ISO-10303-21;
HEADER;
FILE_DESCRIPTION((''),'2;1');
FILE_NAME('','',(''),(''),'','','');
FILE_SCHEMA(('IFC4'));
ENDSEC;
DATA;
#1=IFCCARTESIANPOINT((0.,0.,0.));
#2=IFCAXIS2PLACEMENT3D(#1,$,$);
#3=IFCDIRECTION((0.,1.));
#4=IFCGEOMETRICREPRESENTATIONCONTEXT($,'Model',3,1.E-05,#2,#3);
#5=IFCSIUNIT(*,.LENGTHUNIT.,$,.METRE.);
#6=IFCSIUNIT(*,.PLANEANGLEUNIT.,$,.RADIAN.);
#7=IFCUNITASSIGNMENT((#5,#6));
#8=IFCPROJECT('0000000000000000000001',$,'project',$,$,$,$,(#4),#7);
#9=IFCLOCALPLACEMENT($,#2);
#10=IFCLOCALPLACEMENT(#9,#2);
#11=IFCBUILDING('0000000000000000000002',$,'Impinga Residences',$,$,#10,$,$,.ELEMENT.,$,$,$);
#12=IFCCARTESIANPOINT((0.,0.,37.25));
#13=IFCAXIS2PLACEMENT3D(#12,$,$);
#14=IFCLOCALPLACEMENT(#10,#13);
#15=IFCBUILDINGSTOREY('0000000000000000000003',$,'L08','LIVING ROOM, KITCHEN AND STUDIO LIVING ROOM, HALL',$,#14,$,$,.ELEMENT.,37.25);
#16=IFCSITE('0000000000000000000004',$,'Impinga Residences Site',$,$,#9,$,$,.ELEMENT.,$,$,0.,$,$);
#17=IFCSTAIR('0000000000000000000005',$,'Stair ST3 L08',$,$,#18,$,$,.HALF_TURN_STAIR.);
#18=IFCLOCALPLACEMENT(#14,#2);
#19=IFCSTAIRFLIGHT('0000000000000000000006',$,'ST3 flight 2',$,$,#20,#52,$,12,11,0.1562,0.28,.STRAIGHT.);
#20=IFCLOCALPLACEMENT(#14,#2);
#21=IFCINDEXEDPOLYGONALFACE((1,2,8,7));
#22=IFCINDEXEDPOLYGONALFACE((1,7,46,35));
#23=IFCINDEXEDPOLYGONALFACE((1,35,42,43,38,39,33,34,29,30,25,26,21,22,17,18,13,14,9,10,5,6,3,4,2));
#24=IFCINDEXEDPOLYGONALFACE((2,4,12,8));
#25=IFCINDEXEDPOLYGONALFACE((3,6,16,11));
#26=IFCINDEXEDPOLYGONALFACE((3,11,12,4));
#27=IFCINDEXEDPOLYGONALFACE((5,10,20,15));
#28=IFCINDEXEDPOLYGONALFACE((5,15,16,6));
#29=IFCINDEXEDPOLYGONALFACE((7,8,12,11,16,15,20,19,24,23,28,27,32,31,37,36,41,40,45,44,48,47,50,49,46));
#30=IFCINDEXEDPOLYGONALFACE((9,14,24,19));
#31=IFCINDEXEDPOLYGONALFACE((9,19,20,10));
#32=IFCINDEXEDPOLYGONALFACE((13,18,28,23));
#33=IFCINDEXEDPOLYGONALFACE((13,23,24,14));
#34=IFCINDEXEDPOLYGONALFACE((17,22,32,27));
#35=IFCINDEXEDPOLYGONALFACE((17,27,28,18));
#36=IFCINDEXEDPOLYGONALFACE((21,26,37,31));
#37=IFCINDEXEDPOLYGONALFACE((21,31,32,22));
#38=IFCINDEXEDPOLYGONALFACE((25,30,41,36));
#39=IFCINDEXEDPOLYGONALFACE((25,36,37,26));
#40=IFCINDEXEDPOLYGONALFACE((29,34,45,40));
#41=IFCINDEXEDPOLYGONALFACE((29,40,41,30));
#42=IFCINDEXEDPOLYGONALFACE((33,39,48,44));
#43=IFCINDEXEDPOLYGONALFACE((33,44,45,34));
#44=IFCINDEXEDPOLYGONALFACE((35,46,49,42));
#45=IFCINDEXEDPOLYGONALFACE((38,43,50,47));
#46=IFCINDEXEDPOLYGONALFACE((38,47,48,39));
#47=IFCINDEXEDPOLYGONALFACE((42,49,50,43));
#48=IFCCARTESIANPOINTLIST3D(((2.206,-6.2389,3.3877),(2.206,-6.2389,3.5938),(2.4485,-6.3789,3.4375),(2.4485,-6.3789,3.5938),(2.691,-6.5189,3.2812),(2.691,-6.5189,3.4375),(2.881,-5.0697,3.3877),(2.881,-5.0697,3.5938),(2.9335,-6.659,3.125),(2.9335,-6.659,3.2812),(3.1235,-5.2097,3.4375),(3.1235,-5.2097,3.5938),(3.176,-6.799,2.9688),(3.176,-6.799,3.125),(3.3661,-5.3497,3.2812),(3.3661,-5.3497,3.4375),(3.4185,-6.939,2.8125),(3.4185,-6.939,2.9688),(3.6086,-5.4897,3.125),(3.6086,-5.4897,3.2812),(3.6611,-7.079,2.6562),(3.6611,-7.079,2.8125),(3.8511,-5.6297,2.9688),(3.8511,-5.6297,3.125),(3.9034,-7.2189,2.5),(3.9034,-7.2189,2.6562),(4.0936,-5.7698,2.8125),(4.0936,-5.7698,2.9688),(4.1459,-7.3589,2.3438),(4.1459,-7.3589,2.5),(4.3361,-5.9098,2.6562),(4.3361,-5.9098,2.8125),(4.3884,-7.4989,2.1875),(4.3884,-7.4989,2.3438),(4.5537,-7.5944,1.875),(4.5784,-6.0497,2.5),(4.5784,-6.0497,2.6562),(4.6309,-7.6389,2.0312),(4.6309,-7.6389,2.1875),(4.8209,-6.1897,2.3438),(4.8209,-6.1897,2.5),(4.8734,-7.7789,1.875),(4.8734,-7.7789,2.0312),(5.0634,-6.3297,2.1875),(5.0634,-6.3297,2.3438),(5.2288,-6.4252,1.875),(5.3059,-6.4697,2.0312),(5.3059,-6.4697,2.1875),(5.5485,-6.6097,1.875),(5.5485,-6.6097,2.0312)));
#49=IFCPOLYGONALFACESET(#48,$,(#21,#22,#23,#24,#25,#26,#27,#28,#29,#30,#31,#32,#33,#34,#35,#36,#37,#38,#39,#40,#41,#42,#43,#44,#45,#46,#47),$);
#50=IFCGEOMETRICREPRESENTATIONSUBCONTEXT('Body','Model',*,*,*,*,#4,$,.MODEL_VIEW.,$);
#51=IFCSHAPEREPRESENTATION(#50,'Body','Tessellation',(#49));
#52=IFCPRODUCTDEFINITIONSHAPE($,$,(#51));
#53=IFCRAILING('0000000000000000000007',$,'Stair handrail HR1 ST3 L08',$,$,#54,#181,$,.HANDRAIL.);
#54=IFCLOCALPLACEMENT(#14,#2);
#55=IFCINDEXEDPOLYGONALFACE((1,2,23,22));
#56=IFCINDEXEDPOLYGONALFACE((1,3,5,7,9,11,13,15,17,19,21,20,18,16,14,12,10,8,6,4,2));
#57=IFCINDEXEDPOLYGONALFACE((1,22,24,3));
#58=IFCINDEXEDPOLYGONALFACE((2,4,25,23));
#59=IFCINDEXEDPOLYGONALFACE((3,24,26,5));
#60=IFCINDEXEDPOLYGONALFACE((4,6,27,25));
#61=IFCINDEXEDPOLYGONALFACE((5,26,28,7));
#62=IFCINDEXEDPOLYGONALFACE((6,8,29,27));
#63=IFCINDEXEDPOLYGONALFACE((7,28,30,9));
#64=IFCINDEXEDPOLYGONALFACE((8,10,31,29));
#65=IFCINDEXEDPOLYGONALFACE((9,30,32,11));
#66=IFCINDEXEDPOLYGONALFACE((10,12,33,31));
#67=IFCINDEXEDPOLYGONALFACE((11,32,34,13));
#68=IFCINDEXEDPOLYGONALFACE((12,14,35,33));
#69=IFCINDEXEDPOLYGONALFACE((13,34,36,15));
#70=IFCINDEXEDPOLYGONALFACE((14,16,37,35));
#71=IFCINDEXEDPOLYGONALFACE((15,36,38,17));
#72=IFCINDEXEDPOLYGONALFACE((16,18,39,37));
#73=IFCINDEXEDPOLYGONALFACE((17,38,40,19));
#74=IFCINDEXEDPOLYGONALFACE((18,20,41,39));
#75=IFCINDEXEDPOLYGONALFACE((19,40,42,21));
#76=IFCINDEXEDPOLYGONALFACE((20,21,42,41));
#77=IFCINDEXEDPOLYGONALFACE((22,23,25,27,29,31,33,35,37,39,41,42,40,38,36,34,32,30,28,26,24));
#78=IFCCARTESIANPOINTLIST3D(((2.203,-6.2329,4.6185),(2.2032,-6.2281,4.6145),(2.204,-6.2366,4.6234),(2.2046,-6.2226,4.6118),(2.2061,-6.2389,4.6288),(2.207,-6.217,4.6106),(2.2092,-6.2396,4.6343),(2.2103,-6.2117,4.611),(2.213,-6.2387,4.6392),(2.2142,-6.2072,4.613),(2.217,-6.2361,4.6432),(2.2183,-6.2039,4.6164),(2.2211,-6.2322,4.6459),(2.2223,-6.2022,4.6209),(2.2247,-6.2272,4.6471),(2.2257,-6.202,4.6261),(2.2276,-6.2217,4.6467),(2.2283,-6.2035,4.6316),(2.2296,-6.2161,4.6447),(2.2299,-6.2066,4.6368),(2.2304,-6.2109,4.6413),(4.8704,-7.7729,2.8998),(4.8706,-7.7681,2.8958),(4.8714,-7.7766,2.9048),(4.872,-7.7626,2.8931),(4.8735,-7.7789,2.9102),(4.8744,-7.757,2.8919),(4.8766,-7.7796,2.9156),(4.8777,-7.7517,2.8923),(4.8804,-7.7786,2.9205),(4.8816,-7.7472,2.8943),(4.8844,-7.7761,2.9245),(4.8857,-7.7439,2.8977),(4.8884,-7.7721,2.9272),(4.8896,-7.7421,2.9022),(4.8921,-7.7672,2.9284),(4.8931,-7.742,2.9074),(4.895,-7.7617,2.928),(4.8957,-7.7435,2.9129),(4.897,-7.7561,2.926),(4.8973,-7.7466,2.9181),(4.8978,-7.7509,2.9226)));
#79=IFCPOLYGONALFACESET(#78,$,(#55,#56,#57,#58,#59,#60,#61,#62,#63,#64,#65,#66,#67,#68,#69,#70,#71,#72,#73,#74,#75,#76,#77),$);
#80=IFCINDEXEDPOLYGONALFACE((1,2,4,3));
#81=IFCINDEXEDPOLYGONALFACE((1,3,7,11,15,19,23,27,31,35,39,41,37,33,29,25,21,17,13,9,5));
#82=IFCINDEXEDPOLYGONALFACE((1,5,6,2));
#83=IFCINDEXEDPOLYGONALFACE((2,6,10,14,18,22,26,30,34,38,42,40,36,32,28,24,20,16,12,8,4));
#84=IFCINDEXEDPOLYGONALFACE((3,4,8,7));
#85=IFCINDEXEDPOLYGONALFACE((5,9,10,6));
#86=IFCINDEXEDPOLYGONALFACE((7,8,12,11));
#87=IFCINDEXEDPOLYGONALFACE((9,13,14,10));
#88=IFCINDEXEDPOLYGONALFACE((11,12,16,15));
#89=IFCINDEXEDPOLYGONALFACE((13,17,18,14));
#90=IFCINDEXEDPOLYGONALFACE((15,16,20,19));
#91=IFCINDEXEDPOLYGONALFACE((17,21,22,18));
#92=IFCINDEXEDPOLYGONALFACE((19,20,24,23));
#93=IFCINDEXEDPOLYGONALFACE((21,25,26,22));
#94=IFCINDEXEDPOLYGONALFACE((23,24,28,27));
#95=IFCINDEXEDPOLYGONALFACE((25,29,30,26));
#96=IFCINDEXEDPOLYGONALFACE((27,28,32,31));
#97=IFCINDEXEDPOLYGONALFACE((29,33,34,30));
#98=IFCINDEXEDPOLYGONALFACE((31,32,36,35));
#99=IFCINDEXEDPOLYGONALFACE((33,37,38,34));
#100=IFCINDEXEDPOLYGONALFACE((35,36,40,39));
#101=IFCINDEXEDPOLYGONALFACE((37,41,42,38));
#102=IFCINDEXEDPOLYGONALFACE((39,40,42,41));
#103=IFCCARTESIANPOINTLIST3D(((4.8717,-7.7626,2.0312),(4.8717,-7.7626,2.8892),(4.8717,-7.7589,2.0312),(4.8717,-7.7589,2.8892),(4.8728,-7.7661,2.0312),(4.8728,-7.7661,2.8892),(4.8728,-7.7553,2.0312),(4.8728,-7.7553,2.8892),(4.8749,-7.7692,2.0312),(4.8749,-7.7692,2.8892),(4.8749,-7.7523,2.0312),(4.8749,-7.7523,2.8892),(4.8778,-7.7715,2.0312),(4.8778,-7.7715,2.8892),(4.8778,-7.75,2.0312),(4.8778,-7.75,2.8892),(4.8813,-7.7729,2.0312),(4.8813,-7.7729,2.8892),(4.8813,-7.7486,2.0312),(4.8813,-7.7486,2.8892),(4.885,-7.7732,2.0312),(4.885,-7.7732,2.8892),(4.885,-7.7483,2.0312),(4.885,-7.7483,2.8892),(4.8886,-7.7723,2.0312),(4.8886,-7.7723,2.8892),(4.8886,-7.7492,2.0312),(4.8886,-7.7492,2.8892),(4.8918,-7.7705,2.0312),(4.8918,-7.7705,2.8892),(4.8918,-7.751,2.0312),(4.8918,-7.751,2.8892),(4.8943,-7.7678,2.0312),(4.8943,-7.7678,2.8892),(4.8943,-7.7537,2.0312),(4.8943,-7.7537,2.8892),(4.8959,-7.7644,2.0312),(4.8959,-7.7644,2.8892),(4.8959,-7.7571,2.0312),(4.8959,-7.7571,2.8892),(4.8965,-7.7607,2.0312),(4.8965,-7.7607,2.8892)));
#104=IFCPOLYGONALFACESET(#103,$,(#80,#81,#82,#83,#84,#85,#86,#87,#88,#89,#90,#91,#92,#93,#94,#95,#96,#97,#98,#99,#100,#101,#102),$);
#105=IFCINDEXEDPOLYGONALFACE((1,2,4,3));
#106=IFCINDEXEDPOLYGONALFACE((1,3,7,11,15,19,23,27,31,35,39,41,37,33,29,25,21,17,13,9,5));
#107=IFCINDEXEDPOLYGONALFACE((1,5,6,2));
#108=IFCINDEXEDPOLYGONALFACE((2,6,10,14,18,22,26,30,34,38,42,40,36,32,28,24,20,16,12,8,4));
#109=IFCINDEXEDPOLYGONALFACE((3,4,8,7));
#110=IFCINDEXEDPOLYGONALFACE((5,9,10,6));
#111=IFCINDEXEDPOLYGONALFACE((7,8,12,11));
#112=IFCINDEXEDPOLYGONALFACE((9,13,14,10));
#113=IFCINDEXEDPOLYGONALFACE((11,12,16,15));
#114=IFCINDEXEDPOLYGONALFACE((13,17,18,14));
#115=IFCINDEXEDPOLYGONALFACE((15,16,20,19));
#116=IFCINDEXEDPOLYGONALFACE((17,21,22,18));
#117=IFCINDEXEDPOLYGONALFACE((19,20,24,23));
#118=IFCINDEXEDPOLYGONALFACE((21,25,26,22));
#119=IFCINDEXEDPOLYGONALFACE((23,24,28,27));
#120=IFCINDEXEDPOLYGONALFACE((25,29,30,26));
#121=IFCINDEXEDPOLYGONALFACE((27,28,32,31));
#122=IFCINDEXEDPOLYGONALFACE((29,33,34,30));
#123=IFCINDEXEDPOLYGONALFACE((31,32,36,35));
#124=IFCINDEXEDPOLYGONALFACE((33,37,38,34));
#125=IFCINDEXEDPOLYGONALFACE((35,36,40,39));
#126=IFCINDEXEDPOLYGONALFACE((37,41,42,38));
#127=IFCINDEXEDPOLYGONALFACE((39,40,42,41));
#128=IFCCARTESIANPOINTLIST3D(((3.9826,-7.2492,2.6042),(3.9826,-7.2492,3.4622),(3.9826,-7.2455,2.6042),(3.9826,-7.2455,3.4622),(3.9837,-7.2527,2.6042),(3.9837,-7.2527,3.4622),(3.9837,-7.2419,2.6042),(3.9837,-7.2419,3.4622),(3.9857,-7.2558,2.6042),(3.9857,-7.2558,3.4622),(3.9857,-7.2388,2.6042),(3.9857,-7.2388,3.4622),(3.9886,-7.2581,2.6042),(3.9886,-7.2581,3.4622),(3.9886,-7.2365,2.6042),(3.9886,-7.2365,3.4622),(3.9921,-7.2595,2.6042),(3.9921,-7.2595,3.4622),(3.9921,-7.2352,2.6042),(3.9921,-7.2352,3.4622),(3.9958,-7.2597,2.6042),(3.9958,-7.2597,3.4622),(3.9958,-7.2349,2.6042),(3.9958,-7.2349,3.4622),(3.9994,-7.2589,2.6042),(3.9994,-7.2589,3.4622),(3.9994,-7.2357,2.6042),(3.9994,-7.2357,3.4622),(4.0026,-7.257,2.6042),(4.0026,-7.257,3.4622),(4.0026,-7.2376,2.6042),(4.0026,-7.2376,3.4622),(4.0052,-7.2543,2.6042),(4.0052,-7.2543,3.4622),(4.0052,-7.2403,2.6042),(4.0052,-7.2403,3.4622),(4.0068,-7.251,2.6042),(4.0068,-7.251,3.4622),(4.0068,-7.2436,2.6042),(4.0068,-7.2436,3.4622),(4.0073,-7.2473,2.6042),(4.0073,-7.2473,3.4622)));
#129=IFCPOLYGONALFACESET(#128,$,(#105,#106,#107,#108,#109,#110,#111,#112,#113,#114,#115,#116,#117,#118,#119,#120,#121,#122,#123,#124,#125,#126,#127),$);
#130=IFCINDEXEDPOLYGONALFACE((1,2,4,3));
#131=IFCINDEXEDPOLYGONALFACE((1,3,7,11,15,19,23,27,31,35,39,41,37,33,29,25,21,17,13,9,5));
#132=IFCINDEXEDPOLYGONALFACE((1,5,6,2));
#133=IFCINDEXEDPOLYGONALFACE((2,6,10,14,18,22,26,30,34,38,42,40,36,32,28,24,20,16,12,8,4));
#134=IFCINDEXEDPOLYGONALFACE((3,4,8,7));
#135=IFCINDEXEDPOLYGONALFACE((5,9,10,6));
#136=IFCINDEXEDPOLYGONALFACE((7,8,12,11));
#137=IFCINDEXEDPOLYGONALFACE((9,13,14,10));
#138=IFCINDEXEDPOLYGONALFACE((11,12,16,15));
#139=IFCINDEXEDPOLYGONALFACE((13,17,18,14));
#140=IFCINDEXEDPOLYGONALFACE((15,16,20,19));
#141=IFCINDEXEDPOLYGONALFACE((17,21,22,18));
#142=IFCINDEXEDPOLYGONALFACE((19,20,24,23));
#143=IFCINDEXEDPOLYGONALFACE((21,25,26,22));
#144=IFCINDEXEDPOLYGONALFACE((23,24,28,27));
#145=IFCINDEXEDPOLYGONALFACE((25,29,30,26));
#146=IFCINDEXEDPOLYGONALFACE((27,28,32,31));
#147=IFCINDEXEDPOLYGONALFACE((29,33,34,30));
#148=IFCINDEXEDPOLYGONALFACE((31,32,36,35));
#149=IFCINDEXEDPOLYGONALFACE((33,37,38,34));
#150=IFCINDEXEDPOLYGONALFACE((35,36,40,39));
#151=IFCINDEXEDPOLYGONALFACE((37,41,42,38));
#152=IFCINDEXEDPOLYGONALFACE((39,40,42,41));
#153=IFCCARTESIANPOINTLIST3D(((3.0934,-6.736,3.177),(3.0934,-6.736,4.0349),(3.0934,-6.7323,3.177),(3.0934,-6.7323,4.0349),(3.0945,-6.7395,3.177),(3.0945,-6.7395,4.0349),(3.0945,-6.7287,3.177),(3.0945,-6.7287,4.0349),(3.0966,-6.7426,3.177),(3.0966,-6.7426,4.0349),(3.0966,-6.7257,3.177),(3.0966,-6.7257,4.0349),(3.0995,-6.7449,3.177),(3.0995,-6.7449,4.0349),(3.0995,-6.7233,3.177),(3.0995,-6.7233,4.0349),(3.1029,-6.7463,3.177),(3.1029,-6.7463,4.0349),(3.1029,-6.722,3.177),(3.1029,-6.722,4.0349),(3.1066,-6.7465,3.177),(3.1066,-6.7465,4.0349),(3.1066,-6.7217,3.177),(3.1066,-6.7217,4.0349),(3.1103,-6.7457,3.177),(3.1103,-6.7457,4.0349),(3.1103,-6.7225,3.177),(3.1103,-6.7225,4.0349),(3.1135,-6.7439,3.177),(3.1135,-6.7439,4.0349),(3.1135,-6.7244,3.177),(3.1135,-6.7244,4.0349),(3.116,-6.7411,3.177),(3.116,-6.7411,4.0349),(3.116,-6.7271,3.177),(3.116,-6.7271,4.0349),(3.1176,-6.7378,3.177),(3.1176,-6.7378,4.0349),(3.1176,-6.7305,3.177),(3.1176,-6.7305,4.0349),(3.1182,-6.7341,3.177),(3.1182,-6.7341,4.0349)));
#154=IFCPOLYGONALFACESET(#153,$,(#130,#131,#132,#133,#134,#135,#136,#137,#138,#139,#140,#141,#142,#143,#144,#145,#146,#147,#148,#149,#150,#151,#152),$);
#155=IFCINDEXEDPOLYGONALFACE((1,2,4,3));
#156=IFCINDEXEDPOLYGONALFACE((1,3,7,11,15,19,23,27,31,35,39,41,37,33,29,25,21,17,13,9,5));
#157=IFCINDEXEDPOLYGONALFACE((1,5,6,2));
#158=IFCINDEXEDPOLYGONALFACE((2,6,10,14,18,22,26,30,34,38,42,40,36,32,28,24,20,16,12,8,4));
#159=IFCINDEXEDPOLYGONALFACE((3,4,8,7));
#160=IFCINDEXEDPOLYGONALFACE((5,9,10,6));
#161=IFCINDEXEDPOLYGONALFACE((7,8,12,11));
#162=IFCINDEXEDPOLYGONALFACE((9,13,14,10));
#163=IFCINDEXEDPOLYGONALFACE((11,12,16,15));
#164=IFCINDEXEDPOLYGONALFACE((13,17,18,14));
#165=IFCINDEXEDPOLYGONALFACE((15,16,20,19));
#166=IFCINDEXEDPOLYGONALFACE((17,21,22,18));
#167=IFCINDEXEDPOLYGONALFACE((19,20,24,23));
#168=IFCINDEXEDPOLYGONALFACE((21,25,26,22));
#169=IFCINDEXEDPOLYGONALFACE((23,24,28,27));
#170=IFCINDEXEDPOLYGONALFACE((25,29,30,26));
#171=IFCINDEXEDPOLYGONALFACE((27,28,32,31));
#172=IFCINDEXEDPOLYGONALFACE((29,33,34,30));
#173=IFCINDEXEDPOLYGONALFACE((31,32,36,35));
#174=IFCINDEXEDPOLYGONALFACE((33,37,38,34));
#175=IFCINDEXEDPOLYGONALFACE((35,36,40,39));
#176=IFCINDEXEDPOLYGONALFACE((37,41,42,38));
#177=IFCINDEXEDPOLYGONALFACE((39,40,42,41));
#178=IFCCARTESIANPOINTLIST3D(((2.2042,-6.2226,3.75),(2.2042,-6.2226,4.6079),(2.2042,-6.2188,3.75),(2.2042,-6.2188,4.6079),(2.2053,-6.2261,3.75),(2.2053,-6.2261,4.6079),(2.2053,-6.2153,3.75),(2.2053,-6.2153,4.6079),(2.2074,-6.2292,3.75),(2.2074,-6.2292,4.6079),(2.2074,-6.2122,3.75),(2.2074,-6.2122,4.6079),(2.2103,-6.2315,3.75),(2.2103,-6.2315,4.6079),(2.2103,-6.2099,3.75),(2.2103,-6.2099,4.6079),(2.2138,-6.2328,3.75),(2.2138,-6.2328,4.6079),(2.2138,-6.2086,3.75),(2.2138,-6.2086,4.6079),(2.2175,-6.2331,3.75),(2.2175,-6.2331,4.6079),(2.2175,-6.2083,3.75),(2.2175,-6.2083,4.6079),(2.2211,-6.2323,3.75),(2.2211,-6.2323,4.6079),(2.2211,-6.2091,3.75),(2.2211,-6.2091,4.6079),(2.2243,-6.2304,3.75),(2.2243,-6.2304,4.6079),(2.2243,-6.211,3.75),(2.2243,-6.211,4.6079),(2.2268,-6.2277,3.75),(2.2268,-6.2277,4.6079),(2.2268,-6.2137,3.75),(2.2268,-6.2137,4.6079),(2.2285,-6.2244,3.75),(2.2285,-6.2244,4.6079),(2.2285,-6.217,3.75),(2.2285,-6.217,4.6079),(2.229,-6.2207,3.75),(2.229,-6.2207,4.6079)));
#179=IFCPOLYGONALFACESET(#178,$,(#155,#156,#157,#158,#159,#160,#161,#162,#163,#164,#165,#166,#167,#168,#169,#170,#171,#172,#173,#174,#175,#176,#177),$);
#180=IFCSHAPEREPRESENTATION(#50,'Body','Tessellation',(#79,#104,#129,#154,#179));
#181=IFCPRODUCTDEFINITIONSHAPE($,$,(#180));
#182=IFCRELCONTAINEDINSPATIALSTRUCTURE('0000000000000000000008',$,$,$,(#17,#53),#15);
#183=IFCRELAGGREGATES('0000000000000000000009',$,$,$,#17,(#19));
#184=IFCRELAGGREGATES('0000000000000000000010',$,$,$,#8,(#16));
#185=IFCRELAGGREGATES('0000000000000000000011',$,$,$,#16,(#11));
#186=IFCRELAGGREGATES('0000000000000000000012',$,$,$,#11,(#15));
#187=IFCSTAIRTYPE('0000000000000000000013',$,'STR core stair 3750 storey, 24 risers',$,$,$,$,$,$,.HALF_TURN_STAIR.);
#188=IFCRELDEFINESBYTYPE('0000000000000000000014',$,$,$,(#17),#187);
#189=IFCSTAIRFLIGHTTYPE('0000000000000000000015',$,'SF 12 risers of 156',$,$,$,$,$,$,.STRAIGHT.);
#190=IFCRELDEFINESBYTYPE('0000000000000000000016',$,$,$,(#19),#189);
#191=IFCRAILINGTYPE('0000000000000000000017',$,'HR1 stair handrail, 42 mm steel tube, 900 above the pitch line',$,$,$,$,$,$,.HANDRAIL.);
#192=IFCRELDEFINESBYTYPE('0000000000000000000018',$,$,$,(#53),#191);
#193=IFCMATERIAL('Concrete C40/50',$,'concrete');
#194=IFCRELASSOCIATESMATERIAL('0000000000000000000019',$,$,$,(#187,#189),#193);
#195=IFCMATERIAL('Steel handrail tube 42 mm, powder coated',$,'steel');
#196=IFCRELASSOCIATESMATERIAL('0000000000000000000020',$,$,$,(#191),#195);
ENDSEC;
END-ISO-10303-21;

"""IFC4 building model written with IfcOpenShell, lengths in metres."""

from ifc_helpers import new_model, si_unit, direction, frame, origin, origin_2d, place, context, subcontext, project, spatial, polyline, circle, outline, extrude, material, type_object, element, aggregate, save


model = new_model("IFC4")

# Units and contexts
model_context = context("Model", 3, precision=1e-05, world=origin(), true_north=direction((0.0, 1.0)))
body_context = subcontext(model_context, "Body", "Model", "MODEL_VIEW")
ifc_project = project(units=[si_unit("LENGTHUNIT", "METRE"), si_unit("PLANEANGLEUNIT", "RADIAN")], contexts=[model_context])

# Site, building, storey
site_placement = place(None, origin())
site = spatial("IfcSite", under=ifc_project, at=site_placement, Name="Impinga Residences Site", CompositionType="ELEMENT", RefElevation=0.0)
building_placement = place(site_placement, origin())
building = spatial("IfcBuilding", under=site, at=building_placement, Name="Impinga Residences", CompositionType="ELEMENT")
storey_placement = place(building_placement, frame((0.0, 0.0, 37.25)))
storey = spatial("IfcBuildingStorey", under=building, at=storey_placement, Name="L08", Description="LIVING ROOM, KITCHEN AND STUDIO LIVING ROOM, HALL", CompositionType="ELEMENT", Elevation=37.25)

# Stair, stair flight
ifc_material_1 = material(Name="Concrete C40/50", Category="concrete")
stair_type = type_object("IfcStairType", Name="STR core stair 3750 storey, 24 risers", PredefinedType="HALF_TURN_STAIR", material=ifc_material_1)
stair_placement = place(storey_placement, origin())
stair = element("IfcStair", 1, at=stair_placement, inside=storey, type_object=stair_type, Name="Stair ST3 L08", PredefinedType="HALF_TURN_STAIR")
stair_flight_type = type_object("IfcStairFlightType", Name="SF 12 risers of 156", PredefinedType="STRAIGHT", material=ifc_material_1)
stair_flight_placement = place(storey_placement, frame((5.2109, -7.1943, 1.875), z_axis=(0.0, 0.0, 1.0), x_axis=(-0.866025, 0.5, 0.0)))
stair_flight = element("IfcStairFlight", 2, at=stair_flight_placement, type_object=stair_flight_type, Name="ST3 flight 2", NumberOfRisers=12, NumberOfTreads=11, PredefinedType="STRAIGHT", RiserHeight=0.1562, TreadLength=0.28, context=body_context, shape_type="SweptSolid", body=[
    extrude(outline(polyline([(0.0, 0.0), (0.0, 0.1562), (0.28, 0.1562), (0.28, 0.3125), (0.5601, 0.3125), (0.5601, 0.4688), (0.8401, 0.4688), (0.8401, 0.625), (1.1201, 0.625), (1.1201, 0.7812), (1.3999, 0.7812), (1.3999, 0.9375), (1.6799, 0.9375), (1.6799, 1.0938), (1.96, 1.0938), (1.96, 1.25), (2.24, 1.25), (2.24, 1.4062), (2.52, 1.4062), (2.52, 1.5625), (2.8, 1.5625), (2.8, 1.7188), (3.0801, 1.7188), (3.0801, 1.875), (3.0801, 1.5127), (0.3691, 0.0), (0.0, 0.0)])), frame((0.0, 0.675, 0.0), z_axis=(0.0, -1.0, 0.0), x_axis=(1.0, 0.0, 0.0)), (0.0, 0.0, 1.0), 1.3501),
])
aggregate(stair, [stair_flight])

# Railing
ifc_material_2 = material(Name="Steel handrail tube 42 mm, powder coated", Category="steel")
railing_type = type_object("IfcRailingType", Name="HR1 stair handrail, 42 mm steel tube, 900 above the pitch line", PredefinedType="HANDRAIL", material=ifc_material_2)
railing_placement = place(storey_placement, frame((4.884, -7.7607, 2.0312)))
element("IfcRailing", 3, at=railing_placement, inside=storey, type_object=railing_type, Name="Stair handrail HR1 ST3 L08", PredefinedType="HANDRAIL", context=body_context, shape_type="SweptSolid", body=[
    extrude(circle(Radius=0.021, at=origin_2d()), frame((0.0, 0.0, 0.8789), z_axis=(-0.756256, 0.436616, 0.487282), x_axis=(-0.499992, -0.86603, 0.0)), (0.0, 0.0, 1.0), 3.5271),
    extrude(circle(Radius=0.0125, at=origin_2d()), origin(), (0.0, 0.0, 1.0), 0.8579),
    extrude(circle(Radius=0.0125, at=origin_2d()), frame((-0.8892, 0.5134, 0.573)), (0.0, 0.0, 1.0), 0.8579),
    extrude(circle(Radius=0.0125, at=origin_2d()), frame((-1.7783, 1.0266, 1.1458)), (0.0, 0.0, 1.0), 0.8579),
    extrude(circle(Radius=0.0125, at=origin_2d()), frame((-2.6675, 1.54, 1.7188)), (0.0, 0.0, 1.0), 0.8579),
])

save(model, "model.ifc")
